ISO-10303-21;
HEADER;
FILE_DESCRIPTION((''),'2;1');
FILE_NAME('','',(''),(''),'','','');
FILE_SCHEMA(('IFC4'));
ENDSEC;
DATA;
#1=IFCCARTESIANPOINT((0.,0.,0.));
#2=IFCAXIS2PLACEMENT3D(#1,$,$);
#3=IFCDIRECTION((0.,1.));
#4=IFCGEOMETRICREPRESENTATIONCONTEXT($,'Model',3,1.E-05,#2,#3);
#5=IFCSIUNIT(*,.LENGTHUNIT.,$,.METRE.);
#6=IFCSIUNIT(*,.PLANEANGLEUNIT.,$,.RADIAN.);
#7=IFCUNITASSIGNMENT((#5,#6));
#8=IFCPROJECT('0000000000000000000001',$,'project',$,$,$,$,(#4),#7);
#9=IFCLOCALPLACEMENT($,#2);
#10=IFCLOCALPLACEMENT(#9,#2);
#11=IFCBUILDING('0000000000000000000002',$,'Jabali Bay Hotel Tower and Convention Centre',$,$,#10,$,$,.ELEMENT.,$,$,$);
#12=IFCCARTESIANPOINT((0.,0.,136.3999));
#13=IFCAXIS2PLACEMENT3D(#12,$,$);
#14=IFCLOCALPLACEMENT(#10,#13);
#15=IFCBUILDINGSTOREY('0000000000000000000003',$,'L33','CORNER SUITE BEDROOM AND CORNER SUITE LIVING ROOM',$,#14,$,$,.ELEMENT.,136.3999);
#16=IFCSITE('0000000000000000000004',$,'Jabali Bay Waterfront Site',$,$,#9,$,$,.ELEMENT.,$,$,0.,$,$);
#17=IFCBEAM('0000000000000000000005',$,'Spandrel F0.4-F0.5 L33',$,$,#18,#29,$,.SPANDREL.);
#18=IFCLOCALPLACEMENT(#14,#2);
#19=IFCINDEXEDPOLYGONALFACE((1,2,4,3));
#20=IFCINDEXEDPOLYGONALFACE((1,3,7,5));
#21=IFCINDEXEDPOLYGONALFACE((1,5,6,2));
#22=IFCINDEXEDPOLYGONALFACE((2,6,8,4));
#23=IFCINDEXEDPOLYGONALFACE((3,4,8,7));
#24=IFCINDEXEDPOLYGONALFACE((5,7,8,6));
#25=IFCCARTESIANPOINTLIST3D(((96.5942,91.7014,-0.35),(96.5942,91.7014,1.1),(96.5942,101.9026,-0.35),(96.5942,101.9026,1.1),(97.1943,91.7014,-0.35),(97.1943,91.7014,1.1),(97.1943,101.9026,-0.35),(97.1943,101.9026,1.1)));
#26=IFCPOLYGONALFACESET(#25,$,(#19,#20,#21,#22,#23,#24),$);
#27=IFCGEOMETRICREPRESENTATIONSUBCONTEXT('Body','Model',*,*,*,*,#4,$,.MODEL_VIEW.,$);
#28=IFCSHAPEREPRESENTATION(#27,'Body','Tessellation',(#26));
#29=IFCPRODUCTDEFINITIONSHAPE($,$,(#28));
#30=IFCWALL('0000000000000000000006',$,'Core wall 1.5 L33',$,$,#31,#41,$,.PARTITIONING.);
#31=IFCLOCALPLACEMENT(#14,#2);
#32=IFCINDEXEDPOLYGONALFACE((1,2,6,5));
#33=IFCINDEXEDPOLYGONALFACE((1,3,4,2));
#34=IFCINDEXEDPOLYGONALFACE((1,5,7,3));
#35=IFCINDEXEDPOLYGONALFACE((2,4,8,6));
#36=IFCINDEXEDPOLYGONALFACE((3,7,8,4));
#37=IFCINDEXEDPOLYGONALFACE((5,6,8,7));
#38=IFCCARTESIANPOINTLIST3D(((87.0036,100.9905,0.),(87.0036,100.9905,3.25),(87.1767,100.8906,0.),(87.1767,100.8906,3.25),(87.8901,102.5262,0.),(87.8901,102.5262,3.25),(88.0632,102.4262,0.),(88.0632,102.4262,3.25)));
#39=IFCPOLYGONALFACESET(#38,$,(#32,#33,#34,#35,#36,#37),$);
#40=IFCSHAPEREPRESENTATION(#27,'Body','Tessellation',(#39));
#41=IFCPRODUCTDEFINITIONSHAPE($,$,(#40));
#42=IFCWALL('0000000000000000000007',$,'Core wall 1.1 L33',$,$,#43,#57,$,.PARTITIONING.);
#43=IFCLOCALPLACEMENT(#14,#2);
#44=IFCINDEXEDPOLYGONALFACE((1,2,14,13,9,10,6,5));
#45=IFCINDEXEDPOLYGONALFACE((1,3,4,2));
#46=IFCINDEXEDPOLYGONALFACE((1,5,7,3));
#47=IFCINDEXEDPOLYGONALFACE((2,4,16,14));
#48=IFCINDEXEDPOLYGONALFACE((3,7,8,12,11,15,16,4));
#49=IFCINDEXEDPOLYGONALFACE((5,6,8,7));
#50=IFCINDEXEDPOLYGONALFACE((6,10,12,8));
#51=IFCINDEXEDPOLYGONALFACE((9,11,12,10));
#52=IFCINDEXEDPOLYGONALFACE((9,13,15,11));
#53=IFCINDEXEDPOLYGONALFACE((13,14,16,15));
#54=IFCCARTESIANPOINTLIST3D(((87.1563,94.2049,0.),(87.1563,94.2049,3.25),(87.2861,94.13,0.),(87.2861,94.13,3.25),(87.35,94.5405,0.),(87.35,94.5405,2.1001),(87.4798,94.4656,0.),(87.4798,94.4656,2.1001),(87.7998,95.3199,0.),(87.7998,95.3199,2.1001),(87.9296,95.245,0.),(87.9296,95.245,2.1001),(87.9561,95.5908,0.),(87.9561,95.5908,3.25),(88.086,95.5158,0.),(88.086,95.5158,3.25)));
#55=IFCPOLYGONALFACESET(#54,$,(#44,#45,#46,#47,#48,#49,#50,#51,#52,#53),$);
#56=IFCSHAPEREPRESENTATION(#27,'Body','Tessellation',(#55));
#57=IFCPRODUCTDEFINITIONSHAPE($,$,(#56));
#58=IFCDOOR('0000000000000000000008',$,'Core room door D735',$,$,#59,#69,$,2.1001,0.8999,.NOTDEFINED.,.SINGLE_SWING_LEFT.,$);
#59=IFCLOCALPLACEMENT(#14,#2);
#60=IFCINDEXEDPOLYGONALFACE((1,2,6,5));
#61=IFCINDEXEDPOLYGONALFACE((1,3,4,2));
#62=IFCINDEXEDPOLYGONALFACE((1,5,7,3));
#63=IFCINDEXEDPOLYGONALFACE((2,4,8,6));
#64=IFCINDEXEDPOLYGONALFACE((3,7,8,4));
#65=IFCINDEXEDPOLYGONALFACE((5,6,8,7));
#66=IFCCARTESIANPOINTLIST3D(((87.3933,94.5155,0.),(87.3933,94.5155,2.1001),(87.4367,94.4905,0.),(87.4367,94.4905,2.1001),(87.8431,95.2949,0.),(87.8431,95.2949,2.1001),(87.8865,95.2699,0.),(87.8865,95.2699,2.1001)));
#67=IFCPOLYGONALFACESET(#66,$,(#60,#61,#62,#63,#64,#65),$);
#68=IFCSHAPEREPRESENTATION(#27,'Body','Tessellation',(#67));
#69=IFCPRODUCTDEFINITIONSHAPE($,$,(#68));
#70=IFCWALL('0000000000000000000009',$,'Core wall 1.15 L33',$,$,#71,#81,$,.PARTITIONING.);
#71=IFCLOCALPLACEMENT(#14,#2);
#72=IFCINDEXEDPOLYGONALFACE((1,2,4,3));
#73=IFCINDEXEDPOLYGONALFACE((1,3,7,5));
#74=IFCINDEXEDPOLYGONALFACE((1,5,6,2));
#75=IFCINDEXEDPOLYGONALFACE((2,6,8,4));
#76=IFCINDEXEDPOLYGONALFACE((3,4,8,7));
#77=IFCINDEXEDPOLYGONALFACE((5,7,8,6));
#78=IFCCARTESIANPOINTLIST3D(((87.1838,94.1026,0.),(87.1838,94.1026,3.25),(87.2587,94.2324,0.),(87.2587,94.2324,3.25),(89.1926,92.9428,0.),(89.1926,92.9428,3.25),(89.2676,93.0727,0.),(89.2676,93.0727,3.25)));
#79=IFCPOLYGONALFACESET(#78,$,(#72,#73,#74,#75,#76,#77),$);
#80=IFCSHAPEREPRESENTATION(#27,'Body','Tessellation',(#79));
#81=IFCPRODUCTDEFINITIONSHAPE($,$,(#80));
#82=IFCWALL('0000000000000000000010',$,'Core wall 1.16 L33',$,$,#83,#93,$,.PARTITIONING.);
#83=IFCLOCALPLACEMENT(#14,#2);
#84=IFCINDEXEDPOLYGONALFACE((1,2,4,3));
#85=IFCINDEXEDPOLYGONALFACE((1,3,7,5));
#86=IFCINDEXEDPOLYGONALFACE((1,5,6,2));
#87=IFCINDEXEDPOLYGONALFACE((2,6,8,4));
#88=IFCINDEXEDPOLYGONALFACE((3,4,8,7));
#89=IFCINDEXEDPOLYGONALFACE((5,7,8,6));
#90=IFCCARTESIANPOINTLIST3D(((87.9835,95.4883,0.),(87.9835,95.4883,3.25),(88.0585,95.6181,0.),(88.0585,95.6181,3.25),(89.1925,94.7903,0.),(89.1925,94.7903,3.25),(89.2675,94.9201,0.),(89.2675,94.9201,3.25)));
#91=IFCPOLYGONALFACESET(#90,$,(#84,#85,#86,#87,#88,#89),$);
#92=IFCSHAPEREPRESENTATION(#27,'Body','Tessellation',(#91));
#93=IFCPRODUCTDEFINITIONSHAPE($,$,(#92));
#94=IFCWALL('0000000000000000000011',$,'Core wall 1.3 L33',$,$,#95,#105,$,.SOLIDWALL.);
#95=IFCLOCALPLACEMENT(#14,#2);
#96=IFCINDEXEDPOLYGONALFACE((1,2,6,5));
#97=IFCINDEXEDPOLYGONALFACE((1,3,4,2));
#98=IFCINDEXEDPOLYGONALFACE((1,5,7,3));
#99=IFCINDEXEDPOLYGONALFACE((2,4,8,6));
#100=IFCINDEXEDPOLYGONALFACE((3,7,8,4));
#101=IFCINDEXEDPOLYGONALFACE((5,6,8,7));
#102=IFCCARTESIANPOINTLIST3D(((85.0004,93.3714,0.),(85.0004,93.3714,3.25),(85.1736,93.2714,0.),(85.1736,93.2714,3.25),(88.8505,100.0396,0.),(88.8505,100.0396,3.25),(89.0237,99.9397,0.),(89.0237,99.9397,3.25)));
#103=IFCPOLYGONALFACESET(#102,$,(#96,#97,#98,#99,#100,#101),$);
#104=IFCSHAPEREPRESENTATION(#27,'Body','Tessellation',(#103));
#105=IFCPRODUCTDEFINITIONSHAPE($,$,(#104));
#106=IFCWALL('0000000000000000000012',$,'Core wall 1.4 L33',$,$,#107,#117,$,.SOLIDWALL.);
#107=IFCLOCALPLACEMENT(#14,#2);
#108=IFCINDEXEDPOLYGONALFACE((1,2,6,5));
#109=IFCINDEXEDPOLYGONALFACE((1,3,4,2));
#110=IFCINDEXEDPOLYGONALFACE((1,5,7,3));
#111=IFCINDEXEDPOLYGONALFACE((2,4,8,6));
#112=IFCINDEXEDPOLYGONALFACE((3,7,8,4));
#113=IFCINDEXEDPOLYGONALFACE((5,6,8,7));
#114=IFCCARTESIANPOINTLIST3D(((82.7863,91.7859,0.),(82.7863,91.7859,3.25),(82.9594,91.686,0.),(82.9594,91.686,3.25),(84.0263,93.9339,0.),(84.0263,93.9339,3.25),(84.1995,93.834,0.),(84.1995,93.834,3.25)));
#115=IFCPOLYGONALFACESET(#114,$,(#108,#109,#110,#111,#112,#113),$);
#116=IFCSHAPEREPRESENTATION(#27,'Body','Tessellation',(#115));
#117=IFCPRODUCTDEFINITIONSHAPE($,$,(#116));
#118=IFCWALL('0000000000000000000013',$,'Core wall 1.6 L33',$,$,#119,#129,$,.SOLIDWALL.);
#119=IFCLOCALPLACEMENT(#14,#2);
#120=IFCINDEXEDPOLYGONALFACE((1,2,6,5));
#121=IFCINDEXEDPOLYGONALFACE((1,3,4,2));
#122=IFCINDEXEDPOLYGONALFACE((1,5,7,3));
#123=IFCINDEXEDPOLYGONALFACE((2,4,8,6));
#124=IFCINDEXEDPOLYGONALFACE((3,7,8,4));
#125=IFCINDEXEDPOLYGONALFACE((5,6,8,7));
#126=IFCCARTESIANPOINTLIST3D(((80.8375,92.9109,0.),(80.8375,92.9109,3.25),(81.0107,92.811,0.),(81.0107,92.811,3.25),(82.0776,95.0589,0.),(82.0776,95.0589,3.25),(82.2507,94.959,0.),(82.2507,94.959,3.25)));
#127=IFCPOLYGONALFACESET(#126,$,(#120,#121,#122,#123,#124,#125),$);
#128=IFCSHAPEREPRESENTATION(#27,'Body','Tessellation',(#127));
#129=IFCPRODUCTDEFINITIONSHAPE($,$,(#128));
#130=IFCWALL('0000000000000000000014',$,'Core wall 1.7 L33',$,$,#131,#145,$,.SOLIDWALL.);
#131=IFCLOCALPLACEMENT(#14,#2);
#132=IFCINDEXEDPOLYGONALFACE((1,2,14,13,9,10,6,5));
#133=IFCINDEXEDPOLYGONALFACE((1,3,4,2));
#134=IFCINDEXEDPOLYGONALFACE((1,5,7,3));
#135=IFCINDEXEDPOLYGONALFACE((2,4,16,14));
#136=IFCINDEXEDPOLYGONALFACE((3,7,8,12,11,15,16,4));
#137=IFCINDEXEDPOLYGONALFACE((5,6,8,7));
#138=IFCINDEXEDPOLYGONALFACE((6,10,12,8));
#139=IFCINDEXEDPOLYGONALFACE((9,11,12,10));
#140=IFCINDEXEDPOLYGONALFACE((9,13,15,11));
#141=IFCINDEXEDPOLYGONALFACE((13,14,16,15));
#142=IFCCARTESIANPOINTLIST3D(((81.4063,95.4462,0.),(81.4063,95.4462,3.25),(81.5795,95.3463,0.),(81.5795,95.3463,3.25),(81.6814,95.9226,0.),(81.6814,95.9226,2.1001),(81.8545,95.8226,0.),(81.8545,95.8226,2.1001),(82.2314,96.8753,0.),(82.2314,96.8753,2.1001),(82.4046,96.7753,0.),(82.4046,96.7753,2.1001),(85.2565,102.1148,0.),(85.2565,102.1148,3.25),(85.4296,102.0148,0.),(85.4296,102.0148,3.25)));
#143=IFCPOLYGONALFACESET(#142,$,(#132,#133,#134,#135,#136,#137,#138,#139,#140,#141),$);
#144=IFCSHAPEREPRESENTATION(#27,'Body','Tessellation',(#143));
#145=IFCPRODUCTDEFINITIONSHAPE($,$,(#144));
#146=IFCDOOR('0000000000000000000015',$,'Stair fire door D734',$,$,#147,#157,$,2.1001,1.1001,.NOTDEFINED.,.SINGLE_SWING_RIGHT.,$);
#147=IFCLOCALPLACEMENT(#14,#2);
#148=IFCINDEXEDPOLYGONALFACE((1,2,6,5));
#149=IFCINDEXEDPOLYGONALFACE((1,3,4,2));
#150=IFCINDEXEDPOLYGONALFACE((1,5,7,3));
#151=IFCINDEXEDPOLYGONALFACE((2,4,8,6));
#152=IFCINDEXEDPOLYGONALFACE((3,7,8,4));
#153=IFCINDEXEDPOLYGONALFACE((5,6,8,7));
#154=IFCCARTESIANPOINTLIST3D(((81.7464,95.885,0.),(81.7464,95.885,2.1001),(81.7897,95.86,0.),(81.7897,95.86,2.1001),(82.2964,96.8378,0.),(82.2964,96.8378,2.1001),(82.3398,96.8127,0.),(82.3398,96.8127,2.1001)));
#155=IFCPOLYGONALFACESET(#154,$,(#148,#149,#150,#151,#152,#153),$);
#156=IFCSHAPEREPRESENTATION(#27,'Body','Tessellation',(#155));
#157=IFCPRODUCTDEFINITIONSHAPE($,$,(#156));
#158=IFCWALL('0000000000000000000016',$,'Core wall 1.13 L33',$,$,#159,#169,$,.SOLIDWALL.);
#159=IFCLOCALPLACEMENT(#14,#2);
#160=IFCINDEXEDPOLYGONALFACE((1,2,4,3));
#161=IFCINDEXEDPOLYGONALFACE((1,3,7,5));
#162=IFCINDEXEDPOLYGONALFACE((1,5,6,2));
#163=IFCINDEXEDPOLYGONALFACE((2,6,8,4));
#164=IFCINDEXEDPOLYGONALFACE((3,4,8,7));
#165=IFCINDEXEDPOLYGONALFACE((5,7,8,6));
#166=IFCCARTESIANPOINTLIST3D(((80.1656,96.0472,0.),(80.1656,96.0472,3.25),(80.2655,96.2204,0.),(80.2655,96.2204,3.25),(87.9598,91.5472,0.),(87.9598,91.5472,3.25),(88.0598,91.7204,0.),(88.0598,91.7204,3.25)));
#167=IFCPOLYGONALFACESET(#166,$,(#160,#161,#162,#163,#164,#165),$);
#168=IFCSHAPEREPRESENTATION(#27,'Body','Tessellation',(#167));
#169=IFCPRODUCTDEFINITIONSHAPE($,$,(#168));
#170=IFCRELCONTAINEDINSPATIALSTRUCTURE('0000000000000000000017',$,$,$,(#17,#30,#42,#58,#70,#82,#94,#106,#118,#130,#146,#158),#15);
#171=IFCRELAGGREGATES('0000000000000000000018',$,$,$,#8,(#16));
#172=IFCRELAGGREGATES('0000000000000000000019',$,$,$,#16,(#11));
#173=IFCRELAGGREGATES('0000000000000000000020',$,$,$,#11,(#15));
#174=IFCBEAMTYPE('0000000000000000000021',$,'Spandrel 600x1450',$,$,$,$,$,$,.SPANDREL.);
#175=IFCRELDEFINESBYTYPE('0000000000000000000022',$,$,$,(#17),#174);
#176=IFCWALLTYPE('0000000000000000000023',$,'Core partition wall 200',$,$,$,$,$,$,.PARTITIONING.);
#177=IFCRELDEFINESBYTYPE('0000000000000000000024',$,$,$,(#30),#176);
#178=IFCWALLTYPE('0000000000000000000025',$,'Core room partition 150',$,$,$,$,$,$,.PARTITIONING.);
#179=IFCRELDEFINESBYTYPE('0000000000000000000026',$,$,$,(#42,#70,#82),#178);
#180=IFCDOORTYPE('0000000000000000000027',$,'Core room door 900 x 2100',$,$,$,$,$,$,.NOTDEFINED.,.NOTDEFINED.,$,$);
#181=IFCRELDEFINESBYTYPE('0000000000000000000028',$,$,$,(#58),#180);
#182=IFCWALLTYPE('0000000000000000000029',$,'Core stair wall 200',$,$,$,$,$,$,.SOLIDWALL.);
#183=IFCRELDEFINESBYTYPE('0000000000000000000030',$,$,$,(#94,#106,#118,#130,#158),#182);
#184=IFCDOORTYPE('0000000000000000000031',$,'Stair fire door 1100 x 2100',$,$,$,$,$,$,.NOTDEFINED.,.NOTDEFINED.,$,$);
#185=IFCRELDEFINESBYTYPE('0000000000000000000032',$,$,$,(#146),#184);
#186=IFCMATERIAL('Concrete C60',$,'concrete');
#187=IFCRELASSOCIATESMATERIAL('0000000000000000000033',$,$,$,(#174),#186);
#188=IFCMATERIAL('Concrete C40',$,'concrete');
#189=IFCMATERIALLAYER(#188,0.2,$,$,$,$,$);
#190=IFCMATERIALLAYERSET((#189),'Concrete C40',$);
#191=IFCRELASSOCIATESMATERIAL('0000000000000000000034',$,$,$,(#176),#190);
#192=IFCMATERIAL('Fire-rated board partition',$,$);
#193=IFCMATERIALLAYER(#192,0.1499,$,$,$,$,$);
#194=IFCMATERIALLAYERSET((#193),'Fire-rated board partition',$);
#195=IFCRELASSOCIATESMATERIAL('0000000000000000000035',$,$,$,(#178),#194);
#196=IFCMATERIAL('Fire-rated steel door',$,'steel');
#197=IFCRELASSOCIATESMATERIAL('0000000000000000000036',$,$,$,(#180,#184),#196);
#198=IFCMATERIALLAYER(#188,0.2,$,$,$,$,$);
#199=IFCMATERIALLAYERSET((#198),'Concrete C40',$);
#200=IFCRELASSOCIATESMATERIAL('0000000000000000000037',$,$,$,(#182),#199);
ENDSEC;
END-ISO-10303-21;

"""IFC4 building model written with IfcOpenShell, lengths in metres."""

from ifc_helpers import new_model, si_unit, direction, frame, frame_2d, origin, origin_2d, place, context, subcontext, project, spatial, rectangle, extrude, material, layer, layer_set, material_profile, profile_set, type_object, element, fill, save


model = new_model("IFC4")

# Units and contexts
model_context = context("Model", 3, precision=1e-05, world=origin(), true_north=direction((0.0, 1.0)))
body_context = subcontext(model_context, "Body", "Model", "MODEL_VIEW")
ifc_project = project(units=[si_unit("LENGTHUNIT", "METRE"), si_unit("PLANEANGLEUNIT", "RADIAN")], contexts=[model_context])

# Site, building, storey
site_placement = place(None, origin())
site = spatial("IfcSite", under=ifc_project, at=site_placement, Name="Jabali Bay Waterfront Site", CompositionType="ELEMENT", RefElevation=0.0)
building_placement = place(site_placement, origin())
building = spatial("IfcBuilding", under=site, at=building_placement, Name="Jabali Bay Hotel Tower and Convention Centre", CompositionType="ELEMENT")
storey_placement = place(building_placement, frame((0.0, 0.0, 136.3999)))
storey = spatial("IfcBuildingStorey", under=building, at=storey_placement, Name="L33", Description="CORNER SUITE BEDROOM AND CORNER SUITE LIVING ROOM", CompositionType="ELEMENT", Elevation=136.3999)

# Beam
ifc_material_1 = material(Name="Concrete C60", Category="concrete")
ifc_material_profile = material_profile(ifc_material_1, rectangle(XDim=0.6001, YDim=1.45, at=origin_2d()), Name="Spandrel 600x1450")
ifc_profile_set = profile_set([ifc_material_profile], Name="Concrete C60")
beam_type = type_object("IfcBeamType", Name="Spandrel 600x1450", PredefinedType="SPANDREL", material=ifc_profile_set)
beam_placement = place(storey_placement, frame((96.8943, 91.7014, 0.375), z_axis=(0.0, 1.0, 0.0), x_axis=(-1.0, 0.0, 0.0)))
element("IfcBeam", 1, at=beam_placement, inside=storey, type_object=beam_type, Name="Spandrel F0.4-F0.5 L33", PredefinedType="SPANDREL", context=body_context, shape_type="SweptSolid", body=[
    extrude(rectangle(XDim=0.6001, YDim=1.45, at=origin_2d()), origin(), (0.0, 0.0, 1.0), 10.2012),
])

# Wall
ifc_material_2 = material(Name="Concrete C40", Category="concrete")
ifc_layer_1 = layer(ifc_material_2, 0.2)
ifc_layer_set_1 = layer_set([ifc_layer_1], Name="Concrete C40")
wall_type_1 = type_object("IfcWallType", Name="Core partition wall 200", PredefinedType="PARTITIONING", material=ifc_layer_set_1)
wall_1_placement = place(storey_placement, frame((87.0901, 100.9404, 0.0), z_axis=(0.0, 0.0, 1.0), x_axis=(0.499945, 0.866057, 0.0)))
element("IfcWall", 2, at=wall_1_placement, inside=storey, type_object=wall_type_1, Name="Core wall 1.5 L33", PredefinedType="PARTITIONING", context=body_context, shape_type="SweptSolid", body=[
    extrude(rectangle(XDim=1.7732, YDim=0.2, at=frame_2d((0.8867, 0.0))), origin(), (0.0, 0.0, 1.0), 3.25),
])

# Wall, opening, door
ifc_material_3 = material(Name="Fire-rated board partition")
ifc_layer_2 = layer(ifc_material_3, 0.1499)
ifc_layer_set_2 = layer_set([ifc_layer_2], Name="Fire-rated board partition")
wall_type_2 = type_object("IfcWallType", Name="Core room partition 150", PredefinedType="PARTITIONING", material=ifc_layer_set_2)
wall_2_placement = place(storey_placement, frame((87.2212, 94.1675, 0.0), z_axis=(0.0, 0.0, 1.0), x_axis=(0.499881, 0.866094, 0.0)))
wall_2 = element("IfcWall", 3, at=wall_2_placement, inside=storey, type_object=wall_type_2, Name="Core wall 1.1 L33", PredefinedType="PARTITIONING", context=body_context, shape_type="SweptSolid", body=[
    extrude(rectangle(XDim=1.6001, YDim=0.1499, at=frame_2d((0.8, 0.0))), origin(), (0.0, 0.0, 1.0), 3.25),
])
opening_1_placement = place(wall_2_placement, frame((0.3875, 0.0, 0.0)))
opening_1 = element("IfcOpeningElement", 4, at=opening_1_placement, cuts=wall_2, PredefinedType="OPENING", context=body_context, shape_type="SweptSolid", body=[
    extrude(rectangle(XDim=0.8999, YDim=2.1001, at=frame_2d((0.45, 1.05))), frame((0.0, 0.0854, 0.0), z_axis=(0.0, -1.0, 0.0), x_axis=(1.0, 0.0, 0.0)), (0.0, 0.0, 1.0), 0.1709),
])
ifc_material_4 = material(Name="Fire-rated steel door", Category="steel")
door_type_1 = type_object("IfcDoorType", Name="Core room door 900 x 2100", OperationType="NOTDEFINED", PredefinedType="NOTDEFINED", material=ifc_material_4)
door_1_placement = place(opening_1_placement, origin())
door_1 = element("IfcDoor", 5, at=door_1_placement, inside=storey, type_object=door_type_1, Name="Core room door D735", OperationType="SINGLE_SWING_LEFT", OverallHeight=2.1001, OverallWidth=0.8999, PredefinedType="NOTDEFINED", context=body_context, shape_type="SweptSolid", body=[
    extrude(rectangle(XDim=0.8999, YDim=2.1001, at=frame_2d((0.45, 1.05))), frame((0.0, 0.0249, 0.0), z_axis=(0.0, -1.0, 0.0), x_axis=(1.0, 0.0, 0.0)), (0.0, 0.0, 1.0), 0.05),
])
fill(opening_1, door_1)

# Walls
wall_3_placement = place(storey_placement, frame((89.23, 93.0078, 0.0), z_axis=(0.0, 0.0, 1.0), x_axis=(-0.866045, 0.499965, 0.0)))
element("IfcWall", 6, at=wall_3_placement, inside=storey, type_object=wall_type_2, Name="Core wall 1.15 L33", PredefinedType="PARTITIONING", context=body_context, shape_type="SweptSolid", body=[
    extrude(rectangle(XDim=2.3196, YDim=0.1499, at=frame_2d((1.1597, 0.0))), origin(), (0.0, 0.0, 1.0), 3.25),
])
wall_4_placement = place(storey_placement, frame((89.23, 94.8552, 0.0), z_axis=(0.0, 0.0, 1.0), x_axis=(-0.866028, 0.499995, 0.0)))
element("IfcWall", 7, at=wall_4_placement, inside=storey, type_object=wall_type_2, Name="Core wall 1.16 L33", PredefinedType="PARTITIONING", context=body_context, shape_type="SweptSolid", body=[
    extrude(rectangle(XDim=1.396, YDim=0.1499, at=frame_2d((0.698, 0.0))), origin(), (0.0, 0.0, 1.0), 3.25),
])
ifc_layer_3 = layer(ifc_material_2, 0.2)
ifc_layer_set_3 = layer_set([ifc_layer_3], Name="Concrete C40")
wall_type_3 = type_object("IfcWallType", Name="Core stair wall 200", PredefinedType="SOLIDWALL", material=ifc_layer_set_3)
wall_5_placement = place(storey_placement, frame((85.0869, 93.3213, 0.0), z_axis=(0.0, 0.0, 1.0), x_axis=(0.50002, 0.866014, 0.0)))
element("IfcWall", 8, at=wall_5_placement, inside=storey, type_object=wall_type_3, Name="Core wall 1.3 L33", PredefinedType="SOLIDWALL", context=body_context, shape_type="SweptSolid", body=[
    extrude(rectangle(XDim=7.7, YDim=0.2, at=frame_2d((3.8501, 0.0))), origin(), (0.0, 0.0, 1.0), 3.25),
])
for number, where, z_axis, x_axis, name in (
    (9, (82.8728, 91.7358, 0.0), (0.0, 0.0, 1.0), (0.499961, 0.866048, 0.0), "Core wall 1.4 L33"),
    (10, (80.9241, 92.8608, 0.0), (0.0, 0.0, 1.0), (0.499961, 0.866048, 0.0), "Core wall 1.6 L33"),
):
    element("IfcWall", number, at=place(storey_placement, frame(where, z_axis=z_axis, x_axis=x_axis)), inside=storey, type_object=wall_type_3, Name=name, PredefinedType="SOLIDWALL", context=body_context, shape_type="SweptSolid", body=[
        extrude(rectangle(XDim=2.4802, YDim=0.2, at=frame_2d((1.2402, 0.0))), origin(), (0.0, 0.0, 1.0), 3.25),
    ])

# Wall, opening, door
wall_6_placement = place(storey_placement, frame((81.4929, 95.3962, 0.0), z_axis=(0.0, 0.0, 1.0), x_axis=(0.500006, 0.866022, 0.0)))
wall_6 = element("IfcWall", 11, at=wall_6_placement, inside=storey, type_object=wall_type_3, Name="Core wall 1.7 L33", PredefinedType="SOLIDWALL", context=body_context, shape_type="SweptSolid", body=[
    extrude(rectangle(XDim=7.7002, YDim=0.2, at=frame_2d((3.8501, 0.0))), origin(), (0.0, 0.0, 1.0), 3.25),
])
opening_2_placement = place(wall_6_placement, frame((0.55, 0.0, 0.0)))
opening_2 = element("IfcOpeningElement", 12, at=opening_2_placement, cuts=wall_6, PredefinedType="OPENING", context=body_context, shape_type="SweptSolid", body=[
    extrude(rectangle(XDim=1.1001, YDim=2.1001, at=frame_2d((0.55, 1.05))), frame((0.0, 0.1104, 0.0), z_axis=(0.0, -1.0, 0.0), x_axis=(1.0, 0.0, 0.0)), (0.0, 0.0, 1.0), 0.2209),
])
door_type_2 = type_object("IfcDoorType", Name="Stair fire door 1100 x 2100", OperationType="NOTDEFINED", PredefinedType="NOTDEFINED", material=ifc_material_4)
door_2_placement = place(opening_2_placement, origin())
door_2 = element("IfcDoor", 13, at=door_2_placement, inside=storey, type_object=door_type_2, Name="Stair fire door D734", OperationType="SINGLE_SWING_RIGHT", OverallHeight=2.1001, OverallWidth=1.1001, PredefinedType="NOTDEFINED", context=body_context, shape_type="SweptSolid", body=[
    extrude(rectangle(XDim=1.1001, YDim=2.1001, at=frame_2d((0.55, 1.05))), frame((0.0, 0.0249, 0.0), z_axis=(0.0, -1.0, 0.0), x_axis=(1.0, 0.0, 0.0)), (0.0, 0.0, 1.0), 0.05),
])
fill(opening_2, door_2)

# Wall
wall_7_placement = place(storey_placement, frame((88.0098, 91.6338, 0.0), z_axis=(0.0, 0.0, 1.0), x_axis=(-0.866024, 0.500002, 0.0)))
element("IfcWall", 14, at=wall_7_placement, inside=storey, type_object=wall_type_3, Name="Core wall 1.13 L33", PredefinedType="SOLIDWALL", context=body_context, shape_type="SweptSolid", body=[
    extrude(rectangle(XDim=9.0, YDim=0.2, at=frame_2d((4.5, 0.0))), origin(), (0.0, 0.0, 1.0), 3.25),
])

save(model, "model.ifc")
